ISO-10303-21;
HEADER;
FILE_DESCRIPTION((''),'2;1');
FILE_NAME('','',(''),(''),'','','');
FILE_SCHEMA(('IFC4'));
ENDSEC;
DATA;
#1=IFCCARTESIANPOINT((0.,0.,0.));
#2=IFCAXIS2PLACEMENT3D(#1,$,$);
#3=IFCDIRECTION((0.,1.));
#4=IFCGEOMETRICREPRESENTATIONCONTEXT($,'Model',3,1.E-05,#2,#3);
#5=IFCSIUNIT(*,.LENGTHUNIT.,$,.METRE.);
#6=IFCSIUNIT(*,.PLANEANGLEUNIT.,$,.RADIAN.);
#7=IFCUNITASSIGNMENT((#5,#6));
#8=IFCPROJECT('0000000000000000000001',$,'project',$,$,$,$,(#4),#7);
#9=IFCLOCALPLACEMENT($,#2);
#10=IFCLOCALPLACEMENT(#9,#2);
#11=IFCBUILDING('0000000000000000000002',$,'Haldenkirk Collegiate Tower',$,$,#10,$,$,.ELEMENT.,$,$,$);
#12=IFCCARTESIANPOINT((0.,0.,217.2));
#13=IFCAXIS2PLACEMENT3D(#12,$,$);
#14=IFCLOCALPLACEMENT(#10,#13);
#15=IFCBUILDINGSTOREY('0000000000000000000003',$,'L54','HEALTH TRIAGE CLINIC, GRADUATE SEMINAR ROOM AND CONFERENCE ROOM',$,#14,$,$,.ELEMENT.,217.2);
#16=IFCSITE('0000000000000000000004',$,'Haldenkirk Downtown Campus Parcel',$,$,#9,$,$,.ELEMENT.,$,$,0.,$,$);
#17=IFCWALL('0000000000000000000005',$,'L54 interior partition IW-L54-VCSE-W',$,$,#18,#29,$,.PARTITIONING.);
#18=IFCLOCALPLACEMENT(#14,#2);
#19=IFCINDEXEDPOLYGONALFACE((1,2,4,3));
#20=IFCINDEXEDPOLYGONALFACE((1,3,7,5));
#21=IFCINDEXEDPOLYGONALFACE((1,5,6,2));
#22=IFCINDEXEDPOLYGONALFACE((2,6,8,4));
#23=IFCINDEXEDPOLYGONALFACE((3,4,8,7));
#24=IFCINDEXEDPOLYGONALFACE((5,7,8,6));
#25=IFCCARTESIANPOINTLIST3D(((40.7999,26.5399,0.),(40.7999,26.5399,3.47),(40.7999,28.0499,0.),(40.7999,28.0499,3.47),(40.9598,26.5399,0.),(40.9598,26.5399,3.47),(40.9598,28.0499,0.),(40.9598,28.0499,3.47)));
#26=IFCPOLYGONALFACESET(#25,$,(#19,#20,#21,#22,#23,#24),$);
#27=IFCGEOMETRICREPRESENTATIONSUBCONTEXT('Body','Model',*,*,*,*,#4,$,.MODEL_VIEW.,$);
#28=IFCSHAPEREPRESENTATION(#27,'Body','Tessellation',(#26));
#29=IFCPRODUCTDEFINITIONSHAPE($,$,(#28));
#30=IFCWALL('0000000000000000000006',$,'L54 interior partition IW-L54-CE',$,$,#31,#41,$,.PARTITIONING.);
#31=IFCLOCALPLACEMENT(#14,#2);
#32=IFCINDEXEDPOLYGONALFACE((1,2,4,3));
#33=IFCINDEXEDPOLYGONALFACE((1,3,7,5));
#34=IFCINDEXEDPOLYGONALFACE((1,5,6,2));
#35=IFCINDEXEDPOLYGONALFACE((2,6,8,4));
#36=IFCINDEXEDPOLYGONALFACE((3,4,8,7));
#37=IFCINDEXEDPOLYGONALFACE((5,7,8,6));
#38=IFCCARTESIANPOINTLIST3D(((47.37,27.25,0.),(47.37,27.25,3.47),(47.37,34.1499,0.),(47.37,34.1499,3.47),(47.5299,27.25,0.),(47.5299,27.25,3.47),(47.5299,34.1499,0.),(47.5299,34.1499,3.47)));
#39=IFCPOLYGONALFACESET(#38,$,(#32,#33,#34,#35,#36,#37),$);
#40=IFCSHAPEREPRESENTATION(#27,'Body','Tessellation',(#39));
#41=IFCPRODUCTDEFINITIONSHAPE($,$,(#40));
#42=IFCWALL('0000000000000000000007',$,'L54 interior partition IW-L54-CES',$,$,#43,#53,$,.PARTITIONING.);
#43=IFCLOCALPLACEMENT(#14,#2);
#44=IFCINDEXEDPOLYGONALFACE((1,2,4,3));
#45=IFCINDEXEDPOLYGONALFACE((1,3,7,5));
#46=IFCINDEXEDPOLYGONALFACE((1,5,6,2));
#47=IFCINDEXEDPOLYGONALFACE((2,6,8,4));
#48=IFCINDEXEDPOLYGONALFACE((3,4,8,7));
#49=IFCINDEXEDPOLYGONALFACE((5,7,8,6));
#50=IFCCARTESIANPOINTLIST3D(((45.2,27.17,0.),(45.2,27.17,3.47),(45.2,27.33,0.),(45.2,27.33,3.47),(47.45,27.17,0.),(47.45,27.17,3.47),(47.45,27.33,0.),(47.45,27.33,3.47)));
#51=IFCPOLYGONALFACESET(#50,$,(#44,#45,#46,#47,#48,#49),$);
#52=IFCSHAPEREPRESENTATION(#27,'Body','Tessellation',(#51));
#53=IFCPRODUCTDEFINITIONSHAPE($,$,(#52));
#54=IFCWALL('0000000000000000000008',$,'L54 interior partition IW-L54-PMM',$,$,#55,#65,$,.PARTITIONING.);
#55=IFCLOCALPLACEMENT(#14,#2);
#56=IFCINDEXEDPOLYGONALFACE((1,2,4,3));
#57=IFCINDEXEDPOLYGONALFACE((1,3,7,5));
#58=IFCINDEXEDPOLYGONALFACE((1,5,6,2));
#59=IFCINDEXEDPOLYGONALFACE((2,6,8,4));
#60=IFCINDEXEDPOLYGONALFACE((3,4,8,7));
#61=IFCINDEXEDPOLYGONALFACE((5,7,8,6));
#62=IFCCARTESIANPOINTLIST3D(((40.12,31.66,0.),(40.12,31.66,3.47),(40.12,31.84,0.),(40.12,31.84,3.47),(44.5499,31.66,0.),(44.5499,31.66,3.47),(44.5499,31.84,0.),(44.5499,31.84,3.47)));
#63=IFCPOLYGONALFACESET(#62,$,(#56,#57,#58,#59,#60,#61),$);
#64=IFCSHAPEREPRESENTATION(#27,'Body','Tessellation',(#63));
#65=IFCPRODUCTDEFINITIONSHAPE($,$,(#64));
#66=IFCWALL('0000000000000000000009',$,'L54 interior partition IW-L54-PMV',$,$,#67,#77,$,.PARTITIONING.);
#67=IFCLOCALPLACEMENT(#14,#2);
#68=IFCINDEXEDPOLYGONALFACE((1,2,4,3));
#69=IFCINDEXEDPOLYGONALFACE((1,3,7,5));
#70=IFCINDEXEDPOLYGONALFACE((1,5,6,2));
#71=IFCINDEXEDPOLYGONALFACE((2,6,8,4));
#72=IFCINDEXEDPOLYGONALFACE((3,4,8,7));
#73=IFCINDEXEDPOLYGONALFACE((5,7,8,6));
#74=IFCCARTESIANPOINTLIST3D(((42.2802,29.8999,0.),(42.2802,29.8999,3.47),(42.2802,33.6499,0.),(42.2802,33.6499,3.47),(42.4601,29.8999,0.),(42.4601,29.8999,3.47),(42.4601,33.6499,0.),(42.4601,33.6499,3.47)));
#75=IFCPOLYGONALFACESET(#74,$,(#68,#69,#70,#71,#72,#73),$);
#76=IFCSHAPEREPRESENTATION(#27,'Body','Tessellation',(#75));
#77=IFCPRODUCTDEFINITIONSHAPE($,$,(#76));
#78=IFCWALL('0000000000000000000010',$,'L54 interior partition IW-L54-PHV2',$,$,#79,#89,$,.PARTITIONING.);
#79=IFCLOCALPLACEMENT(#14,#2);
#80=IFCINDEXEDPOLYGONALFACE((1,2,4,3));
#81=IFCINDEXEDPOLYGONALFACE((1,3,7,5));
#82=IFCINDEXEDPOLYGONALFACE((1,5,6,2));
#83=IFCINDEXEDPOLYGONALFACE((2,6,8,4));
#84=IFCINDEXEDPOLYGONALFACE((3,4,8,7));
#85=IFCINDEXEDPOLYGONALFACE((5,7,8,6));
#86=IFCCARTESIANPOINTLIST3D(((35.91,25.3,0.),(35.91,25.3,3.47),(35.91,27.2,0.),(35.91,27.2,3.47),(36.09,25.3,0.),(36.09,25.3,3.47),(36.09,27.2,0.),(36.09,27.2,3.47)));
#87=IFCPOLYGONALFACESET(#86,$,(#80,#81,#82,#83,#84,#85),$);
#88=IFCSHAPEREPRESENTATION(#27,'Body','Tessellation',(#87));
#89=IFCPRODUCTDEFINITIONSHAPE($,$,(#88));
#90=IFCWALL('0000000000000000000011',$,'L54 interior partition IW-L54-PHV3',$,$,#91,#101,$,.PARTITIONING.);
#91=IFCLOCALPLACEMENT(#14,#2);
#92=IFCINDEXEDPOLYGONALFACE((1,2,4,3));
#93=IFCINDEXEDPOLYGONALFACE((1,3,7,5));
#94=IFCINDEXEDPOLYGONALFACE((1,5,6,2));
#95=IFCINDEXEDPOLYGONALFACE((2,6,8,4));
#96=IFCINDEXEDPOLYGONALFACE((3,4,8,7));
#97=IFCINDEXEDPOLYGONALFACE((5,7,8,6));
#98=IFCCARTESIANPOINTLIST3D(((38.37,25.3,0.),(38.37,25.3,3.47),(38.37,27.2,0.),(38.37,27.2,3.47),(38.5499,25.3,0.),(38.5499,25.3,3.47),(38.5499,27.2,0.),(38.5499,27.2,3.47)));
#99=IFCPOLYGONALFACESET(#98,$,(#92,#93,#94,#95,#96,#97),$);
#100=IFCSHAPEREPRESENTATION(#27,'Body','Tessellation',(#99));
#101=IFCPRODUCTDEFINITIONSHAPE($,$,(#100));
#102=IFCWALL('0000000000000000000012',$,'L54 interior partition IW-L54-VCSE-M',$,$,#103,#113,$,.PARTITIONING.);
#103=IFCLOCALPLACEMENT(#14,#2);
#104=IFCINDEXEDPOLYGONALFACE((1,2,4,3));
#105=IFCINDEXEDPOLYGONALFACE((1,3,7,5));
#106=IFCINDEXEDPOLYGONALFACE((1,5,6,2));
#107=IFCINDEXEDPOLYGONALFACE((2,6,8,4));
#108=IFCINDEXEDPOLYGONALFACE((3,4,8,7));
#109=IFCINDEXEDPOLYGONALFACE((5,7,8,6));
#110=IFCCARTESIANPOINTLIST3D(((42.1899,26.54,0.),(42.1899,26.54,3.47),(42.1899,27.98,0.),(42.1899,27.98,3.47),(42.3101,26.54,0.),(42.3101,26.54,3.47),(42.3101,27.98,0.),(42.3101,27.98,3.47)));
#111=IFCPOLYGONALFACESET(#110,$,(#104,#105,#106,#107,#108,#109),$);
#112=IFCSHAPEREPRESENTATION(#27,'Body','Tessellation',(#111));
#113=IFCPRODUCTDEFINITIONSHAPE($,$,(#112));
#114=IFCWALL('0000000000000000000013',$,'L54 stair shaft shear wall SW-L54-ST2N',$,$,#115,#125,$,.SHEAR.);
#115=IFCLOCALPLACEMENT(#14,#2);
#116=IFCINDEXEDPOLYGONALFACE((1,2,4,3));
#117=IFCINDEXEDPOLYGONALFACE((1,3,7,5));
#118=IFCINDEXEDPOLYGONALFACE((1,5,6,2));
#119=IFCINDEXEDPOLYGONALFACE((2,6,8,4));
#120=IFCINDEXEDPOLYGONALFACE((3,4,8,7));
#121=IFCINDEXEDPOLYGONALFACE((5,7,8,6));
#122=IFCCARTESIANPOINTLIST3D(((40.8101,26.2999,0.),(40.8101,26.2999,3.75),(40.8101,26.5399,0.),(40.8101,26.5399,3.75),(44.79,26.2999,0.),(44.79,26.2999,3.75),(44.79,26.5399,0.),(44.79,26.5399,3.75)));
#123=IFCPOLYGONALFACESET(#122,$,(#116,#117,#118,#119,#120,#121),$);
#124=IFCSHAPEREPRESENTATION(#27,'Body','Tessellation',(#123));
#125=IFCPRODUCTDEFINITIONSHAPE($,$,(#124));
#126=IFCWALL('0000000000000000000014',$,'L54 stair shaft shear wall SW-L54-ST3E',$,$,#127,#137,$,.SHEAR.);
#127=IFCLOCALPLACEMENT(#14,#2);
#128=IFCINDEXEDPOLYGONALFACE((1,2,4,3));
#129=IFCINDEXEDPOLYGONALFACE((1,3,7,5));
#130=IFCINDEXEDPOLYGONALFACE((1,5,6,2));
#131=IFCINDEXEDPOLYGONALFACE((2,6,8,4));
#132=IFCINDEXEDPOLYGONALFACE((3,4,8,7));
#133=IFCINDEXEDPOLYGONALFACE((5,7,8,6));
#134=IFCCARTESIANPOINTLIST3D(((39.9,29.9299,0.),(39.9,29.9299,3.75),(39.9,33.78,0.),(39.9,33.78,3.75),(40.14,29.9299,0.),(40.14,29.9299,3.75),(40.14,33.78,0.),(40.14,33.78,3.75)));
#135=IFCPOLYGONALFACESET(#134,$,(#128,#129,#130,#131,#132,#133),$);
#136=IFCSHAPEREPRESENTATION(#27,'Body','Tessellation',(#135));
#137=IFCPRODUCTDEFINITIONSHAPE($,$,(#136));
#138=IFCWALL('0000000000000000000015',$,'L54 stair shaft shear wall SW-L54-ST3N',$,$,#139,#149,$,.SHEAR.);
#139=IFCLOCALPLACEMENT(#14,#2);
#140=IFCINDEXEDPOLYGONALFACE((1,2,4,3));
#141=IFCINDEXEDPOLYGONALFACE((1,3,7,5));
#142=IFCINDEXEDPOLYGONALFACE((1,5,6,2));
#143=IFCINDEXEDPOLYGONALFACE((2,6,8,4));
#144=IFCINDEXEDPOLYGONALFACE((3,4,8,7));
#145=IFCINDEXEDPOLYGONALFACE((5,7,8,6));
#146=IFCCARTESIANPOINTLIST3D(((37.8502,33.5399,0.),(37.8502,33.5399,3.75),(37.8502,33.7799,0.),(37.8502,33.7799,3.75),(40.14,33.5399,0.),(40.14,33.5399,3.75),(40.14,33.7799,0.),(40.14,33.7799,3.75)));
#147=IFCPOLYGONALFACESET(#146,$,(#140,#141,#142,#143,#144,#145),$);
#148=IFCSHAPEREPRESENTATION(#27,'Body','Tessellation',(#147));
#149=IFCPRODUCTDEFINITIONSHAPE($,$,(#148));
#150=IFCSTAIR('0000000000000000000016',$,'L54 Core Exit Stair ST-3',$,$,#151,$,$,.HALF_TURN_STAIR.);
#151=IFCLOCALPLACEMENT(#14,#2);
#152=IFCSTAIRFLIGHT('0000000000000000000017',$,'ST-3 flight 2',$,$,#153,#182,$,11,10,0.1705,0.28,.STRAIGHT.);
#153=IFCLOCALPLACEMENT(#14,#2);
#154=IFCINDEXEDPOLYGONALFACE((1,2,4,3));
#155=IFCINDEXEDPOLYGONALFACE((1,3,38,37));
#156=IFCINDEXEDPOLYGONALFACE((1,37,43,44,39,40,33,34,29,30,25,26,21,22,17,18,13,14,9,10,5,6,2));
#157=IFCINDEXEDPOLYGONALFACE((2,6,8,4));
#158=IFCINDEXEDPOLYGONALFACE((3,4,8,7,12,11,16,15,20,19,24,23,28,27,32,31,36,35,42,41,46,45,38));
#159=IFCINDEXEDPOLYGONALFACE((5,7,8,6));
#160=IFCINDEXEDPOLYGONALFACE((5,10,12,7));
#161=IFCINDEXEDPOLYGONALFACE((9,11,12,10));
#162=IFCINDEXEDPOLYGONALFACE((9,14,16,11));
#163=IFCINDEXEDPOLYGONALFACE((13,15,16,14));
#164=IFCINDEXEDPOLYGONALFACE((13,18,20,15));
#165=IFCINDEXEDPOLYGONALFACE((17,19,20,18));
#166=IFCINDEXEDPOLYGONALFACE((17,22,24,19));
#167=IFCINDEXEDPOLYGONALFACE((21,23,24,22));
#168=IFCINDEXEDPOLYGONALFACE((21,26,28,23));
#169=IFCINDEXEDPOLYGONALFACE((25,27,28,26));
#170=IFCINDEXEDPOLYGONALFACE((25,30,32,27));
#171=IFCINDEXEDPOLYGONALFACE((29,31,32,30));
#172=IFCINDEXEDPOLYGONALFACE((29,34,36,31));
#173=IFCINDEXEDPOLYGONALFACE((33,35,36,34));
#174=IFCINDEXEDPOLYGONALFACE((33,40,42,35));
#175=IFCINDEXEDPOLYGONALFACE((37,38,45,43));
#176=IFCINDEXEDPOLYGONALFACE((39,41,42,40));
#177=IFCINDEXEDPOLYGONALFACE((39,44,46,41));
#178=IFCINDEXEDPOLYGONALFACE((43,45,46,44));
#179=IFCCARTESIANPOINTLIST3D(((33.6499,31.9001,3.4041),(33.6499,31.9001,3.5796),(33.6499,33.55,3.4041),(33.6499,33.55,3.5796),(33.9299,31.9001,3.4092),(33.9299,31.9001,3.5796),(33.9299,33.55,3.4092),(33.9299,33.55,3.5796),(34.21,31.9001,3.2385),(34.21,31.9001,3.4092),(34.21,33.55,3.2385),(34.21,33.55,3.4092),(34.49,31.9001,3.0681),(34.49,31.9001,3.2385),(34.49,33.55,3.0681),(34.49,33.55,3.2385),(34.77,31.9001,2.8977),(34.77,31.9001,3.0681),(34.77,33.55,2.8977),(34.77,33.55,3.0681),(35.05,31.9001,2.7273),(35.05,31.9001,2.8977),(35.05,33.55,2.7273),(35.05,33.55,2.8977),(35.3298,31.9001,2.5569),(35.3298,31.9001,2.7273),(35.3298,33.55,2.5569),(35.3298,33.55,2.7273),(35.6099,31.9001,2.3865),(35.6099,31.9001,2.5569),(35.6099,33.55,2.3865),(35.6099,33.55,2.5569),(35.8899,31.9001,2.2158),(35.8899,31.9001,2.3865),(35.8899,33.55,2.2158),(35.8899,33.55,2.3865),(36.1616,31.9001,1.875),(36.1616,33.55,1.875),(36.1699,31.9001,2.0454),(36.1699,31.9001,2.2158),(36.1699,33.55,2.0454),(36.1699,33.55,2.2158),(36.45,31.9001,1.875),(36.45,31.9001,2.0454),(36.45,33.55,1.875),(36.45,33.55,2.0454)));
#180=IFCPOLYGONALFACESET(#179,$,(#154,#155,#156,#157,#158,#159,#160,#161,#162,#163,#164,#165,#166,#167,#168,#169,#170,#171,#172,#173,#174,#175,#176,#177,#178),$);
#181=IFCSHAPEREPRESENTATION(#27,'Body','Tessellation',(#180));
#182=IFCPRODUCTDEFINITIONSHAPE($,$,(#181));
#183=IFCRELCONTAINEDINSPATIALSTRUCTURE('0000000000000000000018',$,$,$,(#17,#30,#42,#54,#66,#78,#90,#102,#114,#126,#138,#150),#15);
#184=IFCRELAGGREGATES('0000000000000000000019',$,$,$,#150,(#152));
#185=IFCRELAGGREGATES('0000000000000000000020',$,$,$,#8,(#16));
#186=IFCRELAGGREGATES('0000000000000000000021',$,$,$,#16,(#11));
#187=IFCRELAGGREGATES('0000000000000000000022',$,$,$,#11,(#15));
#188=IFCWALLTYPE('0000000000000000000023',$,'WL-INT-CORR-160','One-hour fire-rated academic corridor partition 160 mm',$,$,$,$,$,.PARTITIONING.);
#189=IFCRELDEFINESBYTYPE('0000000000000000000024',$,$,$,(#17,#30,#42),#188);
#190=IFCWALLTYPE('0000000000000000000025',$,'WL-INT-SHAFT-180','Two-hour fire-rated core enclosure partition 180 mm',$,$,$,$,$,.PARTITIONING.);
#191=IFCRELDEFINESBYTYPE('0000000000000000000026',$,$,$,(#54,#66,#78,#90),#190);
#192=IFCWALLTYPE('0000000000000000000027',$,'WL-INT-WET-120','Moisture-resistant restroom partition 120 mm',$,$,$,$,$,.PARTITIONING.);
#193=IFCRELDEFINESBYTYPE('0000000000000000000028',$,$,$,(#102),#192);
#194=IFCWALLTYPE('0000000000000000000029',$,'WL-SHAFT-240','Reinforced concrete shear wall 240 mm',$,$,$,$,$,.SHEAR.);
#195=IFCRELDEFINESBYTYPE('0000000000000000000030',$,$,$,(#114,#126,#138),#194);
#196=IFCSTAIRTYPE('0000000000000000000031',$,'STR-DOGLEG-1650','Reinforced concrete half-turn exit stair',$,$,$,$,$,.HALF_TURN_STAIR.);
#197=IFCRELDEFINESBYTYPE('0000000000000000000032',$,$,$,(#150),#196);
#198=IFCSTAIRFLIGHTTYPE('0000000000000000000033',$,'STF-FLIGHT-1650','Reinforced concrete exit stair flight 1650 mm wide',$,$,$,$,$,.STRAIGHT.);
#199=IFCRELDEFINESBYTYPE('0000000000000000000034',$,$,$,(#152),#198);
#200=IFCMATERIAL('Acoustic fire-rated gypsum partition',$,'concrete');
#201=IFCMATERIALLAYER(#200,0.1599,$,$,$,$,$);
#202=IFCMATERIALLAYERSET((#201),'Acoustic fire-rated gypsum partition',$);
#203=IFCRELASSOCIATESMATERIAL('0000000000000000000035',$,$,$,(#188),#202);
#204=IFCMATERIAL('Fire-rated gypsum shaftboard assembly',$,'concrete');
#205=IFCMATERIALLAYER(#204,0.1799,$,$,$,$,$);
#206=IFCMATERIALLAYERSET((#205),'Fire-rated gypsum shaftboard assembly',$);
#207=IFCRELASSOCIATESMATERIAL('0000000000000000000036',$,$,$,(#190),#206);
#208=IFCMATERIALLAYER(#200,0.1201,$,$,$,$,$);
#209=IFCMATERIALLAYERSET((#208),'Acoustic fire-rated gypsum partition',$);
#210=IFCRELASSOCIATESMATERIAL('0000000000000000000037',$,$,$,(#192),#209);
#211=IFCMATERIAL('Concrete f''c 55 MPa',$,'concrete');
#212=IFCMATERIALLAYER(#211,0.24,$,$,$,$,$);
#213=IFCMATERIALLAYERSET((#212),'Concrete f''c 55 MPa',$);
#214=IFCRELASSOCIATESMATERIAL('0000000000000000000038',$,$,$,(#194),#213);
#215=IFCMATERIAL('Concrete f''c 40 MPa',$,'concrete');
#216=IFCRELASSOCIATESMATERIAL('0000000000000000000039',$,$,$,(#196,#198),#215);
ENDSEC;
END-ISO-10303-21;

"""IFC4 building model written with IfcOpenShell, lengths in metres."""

from ifc_helpers import new_model, si_unit, direction, frame, frame_2d, origin, place, context, subcontext, project, spatial, polyline, rectangle, outline, extrude, material, layer, layer_set, type_object, element, aggregate, save


model = new_model("IFC4")

# Units and contexts
model_context = context("Model", 3, precision=1e-05, world=origin(), true_north=direction((0.0, 1.0)))
body_context = subcontext(model_context, "Body", "Model", "MODEL_VIEW")
ifc_project = project(units=[si_unit("LENGTHUNIT", "METRE"), si_unit("PLANEANGLEUNIT", "RADIAN")], contexts=[model_context])

# Site, building, storey
site_placement = place(None, origin())
site = spatial("IfcSite", under=ifc_project, at=site_placement, Name="Haldenkirk Downtown Campus Parcel", CompositionType="ELEMENT", RefElevation=0.0)
building_placement = place(site_placement, origin())
building = spatial("IfcBuilding", under=site, at=building_placement, Name="Haldenkirk Collegiate Tower", CompositionType="ELEMENT")
storey_placement = place(building_placement, frame((0.0, 0.0, 217.2)))
storey = spatial("IfcBuildingStorey", under=building, at=storey_placement, Name="L54", Description="HEALTH TRIAGE CLINIC, GRADUATE SEMINAR ROOM AND CONFERENCE ROOM", CompositionType="ELEMENT", Elevation=217.2)

# Shared definitions
ifc_material_1 = material(Name="Acoustic fire-rated gypsum partition", Category="concrete")
ifc_layer_1 = layer(ifc_material_1, 0.1599)
ifc_layer_set_1 = layer_set([ifc_layer_1], Name="Acoustic fire-rated gypsum partition")
wall_type_1 = type_object("IfcWallType", Name="WL-INT-CORR-160", Description="One-hour fire-rated academic corridor partition 160 mm", PredefinedType="PARTITIONING", material=ifc_layer_set_1)

# Walls
wall_1_placement = place(storey_placement, frame((40.8799, 26.54, 0.0), z_axis=(0.0, 0.0, 1.0), x_axis=(0.0, 1.0, 0.0)))
element("IfcWall", 1, at=wall_1_placement, inside=storey, type_object=wall_type_1, Name="L54 interior partition IW-L54-VCSE-W", PredefinedType="PARTITIONING", context=body_context, shape_type="SweptSolid", body=[
    extrude(rectangle(XDim=1.51, YDim=0.1599, at=frame_2d((0.7549, 0.0))), origin(), (0.0, 0.0, 1.0), 3.47),
])
wall_2_placement = place(storey_placement, frame((47.45, 27.25, 0.0), z_axis=(0.0, 0.0, 1.0), x_axis=(0.0, 1.0, 0.0)))
element("IfcWall", 2, at=wall_2_placement, inside=storey, type_object=wall_type_1, Name="L54 interior partition IW-L54-CE", PredefinedType="PARTITIONING", context=body_context, shape_type="SweptSolid", body=[
    extrude(rectangle(XDim=6.8999, YDim=0.1599, at=frame_2d((3.45, 0.0))), origin(), (0.0, 0.0, 1.0), 3.47),
])
wall_3_placement = place(storey_placement, frame((45.2, 27.25, 0.0), z_axis=(0.0, 0.0, 1.0), x_axis=(1.0, 0.0, 0.0)))
element("IfcWall", 3, at=wall_3_placement, inside=storey, type_object=wall_type_1, Name="L54 interior partition IW-L54-CES", PredefinedType="PARTITIONING", context=body_context, shape_type="SweptSolid", body=[
    extrude(rectangle(XDim=2.25, YDim=0.1599, at=frame_2d((1.125, 0.0))), origin(), (0.0, 0.0, 1.0), 3.47),
])

# Shared definitions
ifc_material_2 = material(Name="Fire-rated gypsum shaftboard assembly", Category="concrete")
ifc_layer_2 = layer(ifc_material_2, 0.1799)
ifc_layer_set_2 = layer_set([ifc_layer_2], Name="Fire-rated gypsum shaftboard assembly")
wall_type_2 = type_object("IfcWallType", Name="WL-INT-SHAFT-180", Description="Two-hour fire-rated core enclosure partition 180 mm", PredefinedType="PARTITIONING", material=ifc_layer_set_2)

# Walls
wall_4_placement = place(storey_placement, frame((40.1201, 31.75, 0.0), z_axis=(0.0, 0.0, 1.0), x_axis=(1.0, 0.0, 0.0)))
element("IfcWall", 4, at=wall_4_placement, inside=storey, type_object=wall_type_2, Name="L54 interior partition IW-L54-PMM", PredefinedType="PARTITIONING", context=body_context, shape_type="SweptSolid", body=[
    extrude(rectangle(XDim=4.4299, YDim=0.1799, at=frame_2d((2.2148, 0.0))), origin(), (0.0, 0.0, 1.0), 3.47),
])
wall_5_placement = place(storey_placement, frame((42.3701, 29.8999, 0.0), z_axis=(0.0, 0.0, 1.0), x_axis=(0.0, 1.0, 0.0)))
element("IfcWall", 5, at=wall_5_placement, inside=storey, type_object=wall_type_2, Name="L54 interior partition IW-L54-PMV", PredefinedType="PARTITIONING", context=body_context, shape_type="SweptSolid", body=[
    extrude(rectangle(XDim=3.75, YDim=0.1799, at=frame_2d((1.875, 0.0))), origin(), (0.0, 0.0, 1.0), 3.47),
])
for number, where, z_axis, x_axis, name in (
    (6, (36.0, 25.3, 0.0), (0.0, 0.0, 1.0), (0.0, 1.0, 0.0), "L54 interior partition IW-L54-PHV2"),
    (7, (38.46, 25.3, 0.0), (0.0, 0.0, 1.0), (0.0, 1.0, 0.0), "L54 interior partition IW-L54-PHV3"),
):
    element("IfcWall", number, at=place(storey_placement, frame(where, z_axis=z_axis, x_axis=x_axis)), inside=storey, type_object=wall_type_2, Name=name, PredefinedType="PARTITIONING", context=body_context, shape_type="SweptSolid", body=[
        extrude(rectangle(XDim=1.8999, YDim=0.1799, at=frame_2d((0.95, 0.0))), origin(), (0.0, 0.0, 1.0), 3.47),
    ])
ifc_layer_3 = layer(ifc_material_1, 0.1201)
ifc_layer_set_3 = layer_set([ifc_layer_3], Name="Acoustic fire-rated gypsum partition")
wall_type_3 = type_object("IfcWallType", Name="WL-INT-WET-120", Description="Moisture-resistant restroom partition 120 mm", PredefinedType="PARTITIONING", material=ifc_layer_set_3)
wall_6_placement = place(storey_placement, frame((42.25, 26.54, 0.0), z_axis=(0.0, 0.0, 1.0), x_axis=(0.0, 1.0, 0.0)))
element("IfcWall", 8, at=wall_6_placement, inside=storey, type_object=wall_type_3, Name="L54 interior partition IW-L54-VCSE-M", PredefinedType="PARTITIONING", context=body_context, shape_type="SweptSolid", body=[
    extrude(rectangle(XDim=1.4399, YDim=0.1201, at=frame_2d((0.72, 0.0))), origin(), (0.0, 0.0, 1.0), 3.47),
])
ifc_material_3 = material(Name="Concrete f'c 55 MPa", Category="concrete")
ifc_layer_4 = layer(ifc_material_3, 0.24)
ifc_layer_set_4 = layer_set([ifc_layer_4], Name="Concrete f'c 55 MPa")
wall_type_4 = type_object("IfcWallType", Name="WL-SHAFT-240", Description="Reinforced concrete shear wall 240 mm", PredefinedType="SHEAR", material=ifc_layer_set_4)
wall_7_placement = place(storey_placement, frame((40.8101, 26.4199, 0.0), z_axis=(0.0, 0.0, 1.0), x_axis=(1.0, 0.0, 0.0)))
element("IfcWall", 9, at=wall_7_placement, inside=storey, type_object=wall_type_4, Name="L54 stair shaft shear wall SW-L54-ST2N", PredefinedType="SHEAR", context=body_context, shape_type="SweptSolid", body=[
    extrude(rectangle(XDim=3.98, YDim=0.24, at=frame_2d((1.99, 0.0))), origin(), (0.0, 0.0, 1.0), 3.75),
])
wall_8_placement = place(storey_placement, frame((40.02, 29.9299, 0.0), z_axis=(0.0, 0.0, 1.0), x_axis=(0.0, 1.0, 0.0)))
element("IfcWall", 10, at=wall_8_placement, inside=storey, type_object=wall_type_4, Name="L54 stair shaft shear wall SW-L54-ST3E", PredefinedType="SHEAR", context=body_context, shape_type="SweptSolid", body=[
    extrude(rectangle(XDim=3.8501, YDim=0.24, at=frame_2d((1.925, 0.0))), origin(), (0.0, 0.0, 1.0), 3.75),
])
wall_9_placement = place(storey_placement, frame((37.8501, 33.6599, 0.0), z_axis=(0.0, 0.0, 1.0), x_axis=(1.0, 0.0, 0.0)))
element("IfcWall", 11, at=wall_9_placement, inside=storey, type_object=wall_type_4, Name="L54 stair shaft shear wall SW-L54-ST3N", PredefinedType="SHEAR", context=body_context, shape_type="SweptSolid", body=[
    extrude(rectangle(XDim=2.2898, YDim=0.24, at=frame_2d((1.145, 0.0))), origin(), (0.0, 0.0, 1.0), 3.75),
])

# Stair, stair flight
ifc_material_4 = material(Name="Concrete f'c 40 MPa", Category="concrete")
stair_type = type_object("IfcStairType", Name="STR-DOGLEG-1650", Description="Reinforced concrete half-turn exit stair", PredefinedType="HALF_TURN_STAIR", material=ifc_material_4)
stair_placement = place(storey_placement, origin())
stair = element("IfcStair", 12, at=stair_placement, inside=storey, type_object=stair_type, Name="L54 Core Exit Stair ST-3", PredefinedType="HALF_TURN_STAIR")
stair_flight_type = type_object("IfcStairFlightType", Name="STF-FLIGHT-1650", Description="Reinforced concrete exit stair flight 1650 mm wide", PredefinedType="STRAIGHT", material=ifc_material_4)
stair_flight_placement = place(storey_placement, frame((36.45, 32.7251, 1.875), z_axis=(0.0, 0.0, 1.0), x_axis=(-1.0, 0.0, 0.0)))
stair_flight = element("IfcStairFlight", 13, at=stair_flight_placement, type_object=stair_flight_type, Name="ST-3 flight 2", NumberOfRisers=11, NumberOfTreads=10, PredefinedType="STRAIGHT", RiserHeight=0.1705, TreadLength=0.28, context=body_context, shape_type="SweptSolid", body=[
    extrude(outline(polyline([(0.0, 0.0), (0.0, 0.1704), (0.28, 0.1704), (0.28, 0.3408), (0.5601, 0.3408), (0.5601, 0.5115), (0.8401, 0.5115), (0.8401, 0.6819), (1.1201, 0.6819), (1.1201, 0.8523), (1.3999, 0.8523), (1.3999, 1.0227), (1.6799, 1.0227), (1.6799, 1.1931), (1.96, 1.1931), (1.96, 1.3635), (2.24, 1.3635), (2.24, 1.5342), (2.52, 1.5342), (2.52, 1.7046), (2.8, 1.7046), (2.8, 1.875), (2.8, 1.5291), (0.2883, 0.0), (0.0, 0.0)])), frame((0.0, 0.825, 0.0), z_axis=(0.0, -1.0, 0.0), x_axis=(1.0, 0.0, 0.0)), (0.0, 0.0, 1.0), 1.6499),
])
aggregate(stair, [stair_flight])

save(model, "model.ifc")
